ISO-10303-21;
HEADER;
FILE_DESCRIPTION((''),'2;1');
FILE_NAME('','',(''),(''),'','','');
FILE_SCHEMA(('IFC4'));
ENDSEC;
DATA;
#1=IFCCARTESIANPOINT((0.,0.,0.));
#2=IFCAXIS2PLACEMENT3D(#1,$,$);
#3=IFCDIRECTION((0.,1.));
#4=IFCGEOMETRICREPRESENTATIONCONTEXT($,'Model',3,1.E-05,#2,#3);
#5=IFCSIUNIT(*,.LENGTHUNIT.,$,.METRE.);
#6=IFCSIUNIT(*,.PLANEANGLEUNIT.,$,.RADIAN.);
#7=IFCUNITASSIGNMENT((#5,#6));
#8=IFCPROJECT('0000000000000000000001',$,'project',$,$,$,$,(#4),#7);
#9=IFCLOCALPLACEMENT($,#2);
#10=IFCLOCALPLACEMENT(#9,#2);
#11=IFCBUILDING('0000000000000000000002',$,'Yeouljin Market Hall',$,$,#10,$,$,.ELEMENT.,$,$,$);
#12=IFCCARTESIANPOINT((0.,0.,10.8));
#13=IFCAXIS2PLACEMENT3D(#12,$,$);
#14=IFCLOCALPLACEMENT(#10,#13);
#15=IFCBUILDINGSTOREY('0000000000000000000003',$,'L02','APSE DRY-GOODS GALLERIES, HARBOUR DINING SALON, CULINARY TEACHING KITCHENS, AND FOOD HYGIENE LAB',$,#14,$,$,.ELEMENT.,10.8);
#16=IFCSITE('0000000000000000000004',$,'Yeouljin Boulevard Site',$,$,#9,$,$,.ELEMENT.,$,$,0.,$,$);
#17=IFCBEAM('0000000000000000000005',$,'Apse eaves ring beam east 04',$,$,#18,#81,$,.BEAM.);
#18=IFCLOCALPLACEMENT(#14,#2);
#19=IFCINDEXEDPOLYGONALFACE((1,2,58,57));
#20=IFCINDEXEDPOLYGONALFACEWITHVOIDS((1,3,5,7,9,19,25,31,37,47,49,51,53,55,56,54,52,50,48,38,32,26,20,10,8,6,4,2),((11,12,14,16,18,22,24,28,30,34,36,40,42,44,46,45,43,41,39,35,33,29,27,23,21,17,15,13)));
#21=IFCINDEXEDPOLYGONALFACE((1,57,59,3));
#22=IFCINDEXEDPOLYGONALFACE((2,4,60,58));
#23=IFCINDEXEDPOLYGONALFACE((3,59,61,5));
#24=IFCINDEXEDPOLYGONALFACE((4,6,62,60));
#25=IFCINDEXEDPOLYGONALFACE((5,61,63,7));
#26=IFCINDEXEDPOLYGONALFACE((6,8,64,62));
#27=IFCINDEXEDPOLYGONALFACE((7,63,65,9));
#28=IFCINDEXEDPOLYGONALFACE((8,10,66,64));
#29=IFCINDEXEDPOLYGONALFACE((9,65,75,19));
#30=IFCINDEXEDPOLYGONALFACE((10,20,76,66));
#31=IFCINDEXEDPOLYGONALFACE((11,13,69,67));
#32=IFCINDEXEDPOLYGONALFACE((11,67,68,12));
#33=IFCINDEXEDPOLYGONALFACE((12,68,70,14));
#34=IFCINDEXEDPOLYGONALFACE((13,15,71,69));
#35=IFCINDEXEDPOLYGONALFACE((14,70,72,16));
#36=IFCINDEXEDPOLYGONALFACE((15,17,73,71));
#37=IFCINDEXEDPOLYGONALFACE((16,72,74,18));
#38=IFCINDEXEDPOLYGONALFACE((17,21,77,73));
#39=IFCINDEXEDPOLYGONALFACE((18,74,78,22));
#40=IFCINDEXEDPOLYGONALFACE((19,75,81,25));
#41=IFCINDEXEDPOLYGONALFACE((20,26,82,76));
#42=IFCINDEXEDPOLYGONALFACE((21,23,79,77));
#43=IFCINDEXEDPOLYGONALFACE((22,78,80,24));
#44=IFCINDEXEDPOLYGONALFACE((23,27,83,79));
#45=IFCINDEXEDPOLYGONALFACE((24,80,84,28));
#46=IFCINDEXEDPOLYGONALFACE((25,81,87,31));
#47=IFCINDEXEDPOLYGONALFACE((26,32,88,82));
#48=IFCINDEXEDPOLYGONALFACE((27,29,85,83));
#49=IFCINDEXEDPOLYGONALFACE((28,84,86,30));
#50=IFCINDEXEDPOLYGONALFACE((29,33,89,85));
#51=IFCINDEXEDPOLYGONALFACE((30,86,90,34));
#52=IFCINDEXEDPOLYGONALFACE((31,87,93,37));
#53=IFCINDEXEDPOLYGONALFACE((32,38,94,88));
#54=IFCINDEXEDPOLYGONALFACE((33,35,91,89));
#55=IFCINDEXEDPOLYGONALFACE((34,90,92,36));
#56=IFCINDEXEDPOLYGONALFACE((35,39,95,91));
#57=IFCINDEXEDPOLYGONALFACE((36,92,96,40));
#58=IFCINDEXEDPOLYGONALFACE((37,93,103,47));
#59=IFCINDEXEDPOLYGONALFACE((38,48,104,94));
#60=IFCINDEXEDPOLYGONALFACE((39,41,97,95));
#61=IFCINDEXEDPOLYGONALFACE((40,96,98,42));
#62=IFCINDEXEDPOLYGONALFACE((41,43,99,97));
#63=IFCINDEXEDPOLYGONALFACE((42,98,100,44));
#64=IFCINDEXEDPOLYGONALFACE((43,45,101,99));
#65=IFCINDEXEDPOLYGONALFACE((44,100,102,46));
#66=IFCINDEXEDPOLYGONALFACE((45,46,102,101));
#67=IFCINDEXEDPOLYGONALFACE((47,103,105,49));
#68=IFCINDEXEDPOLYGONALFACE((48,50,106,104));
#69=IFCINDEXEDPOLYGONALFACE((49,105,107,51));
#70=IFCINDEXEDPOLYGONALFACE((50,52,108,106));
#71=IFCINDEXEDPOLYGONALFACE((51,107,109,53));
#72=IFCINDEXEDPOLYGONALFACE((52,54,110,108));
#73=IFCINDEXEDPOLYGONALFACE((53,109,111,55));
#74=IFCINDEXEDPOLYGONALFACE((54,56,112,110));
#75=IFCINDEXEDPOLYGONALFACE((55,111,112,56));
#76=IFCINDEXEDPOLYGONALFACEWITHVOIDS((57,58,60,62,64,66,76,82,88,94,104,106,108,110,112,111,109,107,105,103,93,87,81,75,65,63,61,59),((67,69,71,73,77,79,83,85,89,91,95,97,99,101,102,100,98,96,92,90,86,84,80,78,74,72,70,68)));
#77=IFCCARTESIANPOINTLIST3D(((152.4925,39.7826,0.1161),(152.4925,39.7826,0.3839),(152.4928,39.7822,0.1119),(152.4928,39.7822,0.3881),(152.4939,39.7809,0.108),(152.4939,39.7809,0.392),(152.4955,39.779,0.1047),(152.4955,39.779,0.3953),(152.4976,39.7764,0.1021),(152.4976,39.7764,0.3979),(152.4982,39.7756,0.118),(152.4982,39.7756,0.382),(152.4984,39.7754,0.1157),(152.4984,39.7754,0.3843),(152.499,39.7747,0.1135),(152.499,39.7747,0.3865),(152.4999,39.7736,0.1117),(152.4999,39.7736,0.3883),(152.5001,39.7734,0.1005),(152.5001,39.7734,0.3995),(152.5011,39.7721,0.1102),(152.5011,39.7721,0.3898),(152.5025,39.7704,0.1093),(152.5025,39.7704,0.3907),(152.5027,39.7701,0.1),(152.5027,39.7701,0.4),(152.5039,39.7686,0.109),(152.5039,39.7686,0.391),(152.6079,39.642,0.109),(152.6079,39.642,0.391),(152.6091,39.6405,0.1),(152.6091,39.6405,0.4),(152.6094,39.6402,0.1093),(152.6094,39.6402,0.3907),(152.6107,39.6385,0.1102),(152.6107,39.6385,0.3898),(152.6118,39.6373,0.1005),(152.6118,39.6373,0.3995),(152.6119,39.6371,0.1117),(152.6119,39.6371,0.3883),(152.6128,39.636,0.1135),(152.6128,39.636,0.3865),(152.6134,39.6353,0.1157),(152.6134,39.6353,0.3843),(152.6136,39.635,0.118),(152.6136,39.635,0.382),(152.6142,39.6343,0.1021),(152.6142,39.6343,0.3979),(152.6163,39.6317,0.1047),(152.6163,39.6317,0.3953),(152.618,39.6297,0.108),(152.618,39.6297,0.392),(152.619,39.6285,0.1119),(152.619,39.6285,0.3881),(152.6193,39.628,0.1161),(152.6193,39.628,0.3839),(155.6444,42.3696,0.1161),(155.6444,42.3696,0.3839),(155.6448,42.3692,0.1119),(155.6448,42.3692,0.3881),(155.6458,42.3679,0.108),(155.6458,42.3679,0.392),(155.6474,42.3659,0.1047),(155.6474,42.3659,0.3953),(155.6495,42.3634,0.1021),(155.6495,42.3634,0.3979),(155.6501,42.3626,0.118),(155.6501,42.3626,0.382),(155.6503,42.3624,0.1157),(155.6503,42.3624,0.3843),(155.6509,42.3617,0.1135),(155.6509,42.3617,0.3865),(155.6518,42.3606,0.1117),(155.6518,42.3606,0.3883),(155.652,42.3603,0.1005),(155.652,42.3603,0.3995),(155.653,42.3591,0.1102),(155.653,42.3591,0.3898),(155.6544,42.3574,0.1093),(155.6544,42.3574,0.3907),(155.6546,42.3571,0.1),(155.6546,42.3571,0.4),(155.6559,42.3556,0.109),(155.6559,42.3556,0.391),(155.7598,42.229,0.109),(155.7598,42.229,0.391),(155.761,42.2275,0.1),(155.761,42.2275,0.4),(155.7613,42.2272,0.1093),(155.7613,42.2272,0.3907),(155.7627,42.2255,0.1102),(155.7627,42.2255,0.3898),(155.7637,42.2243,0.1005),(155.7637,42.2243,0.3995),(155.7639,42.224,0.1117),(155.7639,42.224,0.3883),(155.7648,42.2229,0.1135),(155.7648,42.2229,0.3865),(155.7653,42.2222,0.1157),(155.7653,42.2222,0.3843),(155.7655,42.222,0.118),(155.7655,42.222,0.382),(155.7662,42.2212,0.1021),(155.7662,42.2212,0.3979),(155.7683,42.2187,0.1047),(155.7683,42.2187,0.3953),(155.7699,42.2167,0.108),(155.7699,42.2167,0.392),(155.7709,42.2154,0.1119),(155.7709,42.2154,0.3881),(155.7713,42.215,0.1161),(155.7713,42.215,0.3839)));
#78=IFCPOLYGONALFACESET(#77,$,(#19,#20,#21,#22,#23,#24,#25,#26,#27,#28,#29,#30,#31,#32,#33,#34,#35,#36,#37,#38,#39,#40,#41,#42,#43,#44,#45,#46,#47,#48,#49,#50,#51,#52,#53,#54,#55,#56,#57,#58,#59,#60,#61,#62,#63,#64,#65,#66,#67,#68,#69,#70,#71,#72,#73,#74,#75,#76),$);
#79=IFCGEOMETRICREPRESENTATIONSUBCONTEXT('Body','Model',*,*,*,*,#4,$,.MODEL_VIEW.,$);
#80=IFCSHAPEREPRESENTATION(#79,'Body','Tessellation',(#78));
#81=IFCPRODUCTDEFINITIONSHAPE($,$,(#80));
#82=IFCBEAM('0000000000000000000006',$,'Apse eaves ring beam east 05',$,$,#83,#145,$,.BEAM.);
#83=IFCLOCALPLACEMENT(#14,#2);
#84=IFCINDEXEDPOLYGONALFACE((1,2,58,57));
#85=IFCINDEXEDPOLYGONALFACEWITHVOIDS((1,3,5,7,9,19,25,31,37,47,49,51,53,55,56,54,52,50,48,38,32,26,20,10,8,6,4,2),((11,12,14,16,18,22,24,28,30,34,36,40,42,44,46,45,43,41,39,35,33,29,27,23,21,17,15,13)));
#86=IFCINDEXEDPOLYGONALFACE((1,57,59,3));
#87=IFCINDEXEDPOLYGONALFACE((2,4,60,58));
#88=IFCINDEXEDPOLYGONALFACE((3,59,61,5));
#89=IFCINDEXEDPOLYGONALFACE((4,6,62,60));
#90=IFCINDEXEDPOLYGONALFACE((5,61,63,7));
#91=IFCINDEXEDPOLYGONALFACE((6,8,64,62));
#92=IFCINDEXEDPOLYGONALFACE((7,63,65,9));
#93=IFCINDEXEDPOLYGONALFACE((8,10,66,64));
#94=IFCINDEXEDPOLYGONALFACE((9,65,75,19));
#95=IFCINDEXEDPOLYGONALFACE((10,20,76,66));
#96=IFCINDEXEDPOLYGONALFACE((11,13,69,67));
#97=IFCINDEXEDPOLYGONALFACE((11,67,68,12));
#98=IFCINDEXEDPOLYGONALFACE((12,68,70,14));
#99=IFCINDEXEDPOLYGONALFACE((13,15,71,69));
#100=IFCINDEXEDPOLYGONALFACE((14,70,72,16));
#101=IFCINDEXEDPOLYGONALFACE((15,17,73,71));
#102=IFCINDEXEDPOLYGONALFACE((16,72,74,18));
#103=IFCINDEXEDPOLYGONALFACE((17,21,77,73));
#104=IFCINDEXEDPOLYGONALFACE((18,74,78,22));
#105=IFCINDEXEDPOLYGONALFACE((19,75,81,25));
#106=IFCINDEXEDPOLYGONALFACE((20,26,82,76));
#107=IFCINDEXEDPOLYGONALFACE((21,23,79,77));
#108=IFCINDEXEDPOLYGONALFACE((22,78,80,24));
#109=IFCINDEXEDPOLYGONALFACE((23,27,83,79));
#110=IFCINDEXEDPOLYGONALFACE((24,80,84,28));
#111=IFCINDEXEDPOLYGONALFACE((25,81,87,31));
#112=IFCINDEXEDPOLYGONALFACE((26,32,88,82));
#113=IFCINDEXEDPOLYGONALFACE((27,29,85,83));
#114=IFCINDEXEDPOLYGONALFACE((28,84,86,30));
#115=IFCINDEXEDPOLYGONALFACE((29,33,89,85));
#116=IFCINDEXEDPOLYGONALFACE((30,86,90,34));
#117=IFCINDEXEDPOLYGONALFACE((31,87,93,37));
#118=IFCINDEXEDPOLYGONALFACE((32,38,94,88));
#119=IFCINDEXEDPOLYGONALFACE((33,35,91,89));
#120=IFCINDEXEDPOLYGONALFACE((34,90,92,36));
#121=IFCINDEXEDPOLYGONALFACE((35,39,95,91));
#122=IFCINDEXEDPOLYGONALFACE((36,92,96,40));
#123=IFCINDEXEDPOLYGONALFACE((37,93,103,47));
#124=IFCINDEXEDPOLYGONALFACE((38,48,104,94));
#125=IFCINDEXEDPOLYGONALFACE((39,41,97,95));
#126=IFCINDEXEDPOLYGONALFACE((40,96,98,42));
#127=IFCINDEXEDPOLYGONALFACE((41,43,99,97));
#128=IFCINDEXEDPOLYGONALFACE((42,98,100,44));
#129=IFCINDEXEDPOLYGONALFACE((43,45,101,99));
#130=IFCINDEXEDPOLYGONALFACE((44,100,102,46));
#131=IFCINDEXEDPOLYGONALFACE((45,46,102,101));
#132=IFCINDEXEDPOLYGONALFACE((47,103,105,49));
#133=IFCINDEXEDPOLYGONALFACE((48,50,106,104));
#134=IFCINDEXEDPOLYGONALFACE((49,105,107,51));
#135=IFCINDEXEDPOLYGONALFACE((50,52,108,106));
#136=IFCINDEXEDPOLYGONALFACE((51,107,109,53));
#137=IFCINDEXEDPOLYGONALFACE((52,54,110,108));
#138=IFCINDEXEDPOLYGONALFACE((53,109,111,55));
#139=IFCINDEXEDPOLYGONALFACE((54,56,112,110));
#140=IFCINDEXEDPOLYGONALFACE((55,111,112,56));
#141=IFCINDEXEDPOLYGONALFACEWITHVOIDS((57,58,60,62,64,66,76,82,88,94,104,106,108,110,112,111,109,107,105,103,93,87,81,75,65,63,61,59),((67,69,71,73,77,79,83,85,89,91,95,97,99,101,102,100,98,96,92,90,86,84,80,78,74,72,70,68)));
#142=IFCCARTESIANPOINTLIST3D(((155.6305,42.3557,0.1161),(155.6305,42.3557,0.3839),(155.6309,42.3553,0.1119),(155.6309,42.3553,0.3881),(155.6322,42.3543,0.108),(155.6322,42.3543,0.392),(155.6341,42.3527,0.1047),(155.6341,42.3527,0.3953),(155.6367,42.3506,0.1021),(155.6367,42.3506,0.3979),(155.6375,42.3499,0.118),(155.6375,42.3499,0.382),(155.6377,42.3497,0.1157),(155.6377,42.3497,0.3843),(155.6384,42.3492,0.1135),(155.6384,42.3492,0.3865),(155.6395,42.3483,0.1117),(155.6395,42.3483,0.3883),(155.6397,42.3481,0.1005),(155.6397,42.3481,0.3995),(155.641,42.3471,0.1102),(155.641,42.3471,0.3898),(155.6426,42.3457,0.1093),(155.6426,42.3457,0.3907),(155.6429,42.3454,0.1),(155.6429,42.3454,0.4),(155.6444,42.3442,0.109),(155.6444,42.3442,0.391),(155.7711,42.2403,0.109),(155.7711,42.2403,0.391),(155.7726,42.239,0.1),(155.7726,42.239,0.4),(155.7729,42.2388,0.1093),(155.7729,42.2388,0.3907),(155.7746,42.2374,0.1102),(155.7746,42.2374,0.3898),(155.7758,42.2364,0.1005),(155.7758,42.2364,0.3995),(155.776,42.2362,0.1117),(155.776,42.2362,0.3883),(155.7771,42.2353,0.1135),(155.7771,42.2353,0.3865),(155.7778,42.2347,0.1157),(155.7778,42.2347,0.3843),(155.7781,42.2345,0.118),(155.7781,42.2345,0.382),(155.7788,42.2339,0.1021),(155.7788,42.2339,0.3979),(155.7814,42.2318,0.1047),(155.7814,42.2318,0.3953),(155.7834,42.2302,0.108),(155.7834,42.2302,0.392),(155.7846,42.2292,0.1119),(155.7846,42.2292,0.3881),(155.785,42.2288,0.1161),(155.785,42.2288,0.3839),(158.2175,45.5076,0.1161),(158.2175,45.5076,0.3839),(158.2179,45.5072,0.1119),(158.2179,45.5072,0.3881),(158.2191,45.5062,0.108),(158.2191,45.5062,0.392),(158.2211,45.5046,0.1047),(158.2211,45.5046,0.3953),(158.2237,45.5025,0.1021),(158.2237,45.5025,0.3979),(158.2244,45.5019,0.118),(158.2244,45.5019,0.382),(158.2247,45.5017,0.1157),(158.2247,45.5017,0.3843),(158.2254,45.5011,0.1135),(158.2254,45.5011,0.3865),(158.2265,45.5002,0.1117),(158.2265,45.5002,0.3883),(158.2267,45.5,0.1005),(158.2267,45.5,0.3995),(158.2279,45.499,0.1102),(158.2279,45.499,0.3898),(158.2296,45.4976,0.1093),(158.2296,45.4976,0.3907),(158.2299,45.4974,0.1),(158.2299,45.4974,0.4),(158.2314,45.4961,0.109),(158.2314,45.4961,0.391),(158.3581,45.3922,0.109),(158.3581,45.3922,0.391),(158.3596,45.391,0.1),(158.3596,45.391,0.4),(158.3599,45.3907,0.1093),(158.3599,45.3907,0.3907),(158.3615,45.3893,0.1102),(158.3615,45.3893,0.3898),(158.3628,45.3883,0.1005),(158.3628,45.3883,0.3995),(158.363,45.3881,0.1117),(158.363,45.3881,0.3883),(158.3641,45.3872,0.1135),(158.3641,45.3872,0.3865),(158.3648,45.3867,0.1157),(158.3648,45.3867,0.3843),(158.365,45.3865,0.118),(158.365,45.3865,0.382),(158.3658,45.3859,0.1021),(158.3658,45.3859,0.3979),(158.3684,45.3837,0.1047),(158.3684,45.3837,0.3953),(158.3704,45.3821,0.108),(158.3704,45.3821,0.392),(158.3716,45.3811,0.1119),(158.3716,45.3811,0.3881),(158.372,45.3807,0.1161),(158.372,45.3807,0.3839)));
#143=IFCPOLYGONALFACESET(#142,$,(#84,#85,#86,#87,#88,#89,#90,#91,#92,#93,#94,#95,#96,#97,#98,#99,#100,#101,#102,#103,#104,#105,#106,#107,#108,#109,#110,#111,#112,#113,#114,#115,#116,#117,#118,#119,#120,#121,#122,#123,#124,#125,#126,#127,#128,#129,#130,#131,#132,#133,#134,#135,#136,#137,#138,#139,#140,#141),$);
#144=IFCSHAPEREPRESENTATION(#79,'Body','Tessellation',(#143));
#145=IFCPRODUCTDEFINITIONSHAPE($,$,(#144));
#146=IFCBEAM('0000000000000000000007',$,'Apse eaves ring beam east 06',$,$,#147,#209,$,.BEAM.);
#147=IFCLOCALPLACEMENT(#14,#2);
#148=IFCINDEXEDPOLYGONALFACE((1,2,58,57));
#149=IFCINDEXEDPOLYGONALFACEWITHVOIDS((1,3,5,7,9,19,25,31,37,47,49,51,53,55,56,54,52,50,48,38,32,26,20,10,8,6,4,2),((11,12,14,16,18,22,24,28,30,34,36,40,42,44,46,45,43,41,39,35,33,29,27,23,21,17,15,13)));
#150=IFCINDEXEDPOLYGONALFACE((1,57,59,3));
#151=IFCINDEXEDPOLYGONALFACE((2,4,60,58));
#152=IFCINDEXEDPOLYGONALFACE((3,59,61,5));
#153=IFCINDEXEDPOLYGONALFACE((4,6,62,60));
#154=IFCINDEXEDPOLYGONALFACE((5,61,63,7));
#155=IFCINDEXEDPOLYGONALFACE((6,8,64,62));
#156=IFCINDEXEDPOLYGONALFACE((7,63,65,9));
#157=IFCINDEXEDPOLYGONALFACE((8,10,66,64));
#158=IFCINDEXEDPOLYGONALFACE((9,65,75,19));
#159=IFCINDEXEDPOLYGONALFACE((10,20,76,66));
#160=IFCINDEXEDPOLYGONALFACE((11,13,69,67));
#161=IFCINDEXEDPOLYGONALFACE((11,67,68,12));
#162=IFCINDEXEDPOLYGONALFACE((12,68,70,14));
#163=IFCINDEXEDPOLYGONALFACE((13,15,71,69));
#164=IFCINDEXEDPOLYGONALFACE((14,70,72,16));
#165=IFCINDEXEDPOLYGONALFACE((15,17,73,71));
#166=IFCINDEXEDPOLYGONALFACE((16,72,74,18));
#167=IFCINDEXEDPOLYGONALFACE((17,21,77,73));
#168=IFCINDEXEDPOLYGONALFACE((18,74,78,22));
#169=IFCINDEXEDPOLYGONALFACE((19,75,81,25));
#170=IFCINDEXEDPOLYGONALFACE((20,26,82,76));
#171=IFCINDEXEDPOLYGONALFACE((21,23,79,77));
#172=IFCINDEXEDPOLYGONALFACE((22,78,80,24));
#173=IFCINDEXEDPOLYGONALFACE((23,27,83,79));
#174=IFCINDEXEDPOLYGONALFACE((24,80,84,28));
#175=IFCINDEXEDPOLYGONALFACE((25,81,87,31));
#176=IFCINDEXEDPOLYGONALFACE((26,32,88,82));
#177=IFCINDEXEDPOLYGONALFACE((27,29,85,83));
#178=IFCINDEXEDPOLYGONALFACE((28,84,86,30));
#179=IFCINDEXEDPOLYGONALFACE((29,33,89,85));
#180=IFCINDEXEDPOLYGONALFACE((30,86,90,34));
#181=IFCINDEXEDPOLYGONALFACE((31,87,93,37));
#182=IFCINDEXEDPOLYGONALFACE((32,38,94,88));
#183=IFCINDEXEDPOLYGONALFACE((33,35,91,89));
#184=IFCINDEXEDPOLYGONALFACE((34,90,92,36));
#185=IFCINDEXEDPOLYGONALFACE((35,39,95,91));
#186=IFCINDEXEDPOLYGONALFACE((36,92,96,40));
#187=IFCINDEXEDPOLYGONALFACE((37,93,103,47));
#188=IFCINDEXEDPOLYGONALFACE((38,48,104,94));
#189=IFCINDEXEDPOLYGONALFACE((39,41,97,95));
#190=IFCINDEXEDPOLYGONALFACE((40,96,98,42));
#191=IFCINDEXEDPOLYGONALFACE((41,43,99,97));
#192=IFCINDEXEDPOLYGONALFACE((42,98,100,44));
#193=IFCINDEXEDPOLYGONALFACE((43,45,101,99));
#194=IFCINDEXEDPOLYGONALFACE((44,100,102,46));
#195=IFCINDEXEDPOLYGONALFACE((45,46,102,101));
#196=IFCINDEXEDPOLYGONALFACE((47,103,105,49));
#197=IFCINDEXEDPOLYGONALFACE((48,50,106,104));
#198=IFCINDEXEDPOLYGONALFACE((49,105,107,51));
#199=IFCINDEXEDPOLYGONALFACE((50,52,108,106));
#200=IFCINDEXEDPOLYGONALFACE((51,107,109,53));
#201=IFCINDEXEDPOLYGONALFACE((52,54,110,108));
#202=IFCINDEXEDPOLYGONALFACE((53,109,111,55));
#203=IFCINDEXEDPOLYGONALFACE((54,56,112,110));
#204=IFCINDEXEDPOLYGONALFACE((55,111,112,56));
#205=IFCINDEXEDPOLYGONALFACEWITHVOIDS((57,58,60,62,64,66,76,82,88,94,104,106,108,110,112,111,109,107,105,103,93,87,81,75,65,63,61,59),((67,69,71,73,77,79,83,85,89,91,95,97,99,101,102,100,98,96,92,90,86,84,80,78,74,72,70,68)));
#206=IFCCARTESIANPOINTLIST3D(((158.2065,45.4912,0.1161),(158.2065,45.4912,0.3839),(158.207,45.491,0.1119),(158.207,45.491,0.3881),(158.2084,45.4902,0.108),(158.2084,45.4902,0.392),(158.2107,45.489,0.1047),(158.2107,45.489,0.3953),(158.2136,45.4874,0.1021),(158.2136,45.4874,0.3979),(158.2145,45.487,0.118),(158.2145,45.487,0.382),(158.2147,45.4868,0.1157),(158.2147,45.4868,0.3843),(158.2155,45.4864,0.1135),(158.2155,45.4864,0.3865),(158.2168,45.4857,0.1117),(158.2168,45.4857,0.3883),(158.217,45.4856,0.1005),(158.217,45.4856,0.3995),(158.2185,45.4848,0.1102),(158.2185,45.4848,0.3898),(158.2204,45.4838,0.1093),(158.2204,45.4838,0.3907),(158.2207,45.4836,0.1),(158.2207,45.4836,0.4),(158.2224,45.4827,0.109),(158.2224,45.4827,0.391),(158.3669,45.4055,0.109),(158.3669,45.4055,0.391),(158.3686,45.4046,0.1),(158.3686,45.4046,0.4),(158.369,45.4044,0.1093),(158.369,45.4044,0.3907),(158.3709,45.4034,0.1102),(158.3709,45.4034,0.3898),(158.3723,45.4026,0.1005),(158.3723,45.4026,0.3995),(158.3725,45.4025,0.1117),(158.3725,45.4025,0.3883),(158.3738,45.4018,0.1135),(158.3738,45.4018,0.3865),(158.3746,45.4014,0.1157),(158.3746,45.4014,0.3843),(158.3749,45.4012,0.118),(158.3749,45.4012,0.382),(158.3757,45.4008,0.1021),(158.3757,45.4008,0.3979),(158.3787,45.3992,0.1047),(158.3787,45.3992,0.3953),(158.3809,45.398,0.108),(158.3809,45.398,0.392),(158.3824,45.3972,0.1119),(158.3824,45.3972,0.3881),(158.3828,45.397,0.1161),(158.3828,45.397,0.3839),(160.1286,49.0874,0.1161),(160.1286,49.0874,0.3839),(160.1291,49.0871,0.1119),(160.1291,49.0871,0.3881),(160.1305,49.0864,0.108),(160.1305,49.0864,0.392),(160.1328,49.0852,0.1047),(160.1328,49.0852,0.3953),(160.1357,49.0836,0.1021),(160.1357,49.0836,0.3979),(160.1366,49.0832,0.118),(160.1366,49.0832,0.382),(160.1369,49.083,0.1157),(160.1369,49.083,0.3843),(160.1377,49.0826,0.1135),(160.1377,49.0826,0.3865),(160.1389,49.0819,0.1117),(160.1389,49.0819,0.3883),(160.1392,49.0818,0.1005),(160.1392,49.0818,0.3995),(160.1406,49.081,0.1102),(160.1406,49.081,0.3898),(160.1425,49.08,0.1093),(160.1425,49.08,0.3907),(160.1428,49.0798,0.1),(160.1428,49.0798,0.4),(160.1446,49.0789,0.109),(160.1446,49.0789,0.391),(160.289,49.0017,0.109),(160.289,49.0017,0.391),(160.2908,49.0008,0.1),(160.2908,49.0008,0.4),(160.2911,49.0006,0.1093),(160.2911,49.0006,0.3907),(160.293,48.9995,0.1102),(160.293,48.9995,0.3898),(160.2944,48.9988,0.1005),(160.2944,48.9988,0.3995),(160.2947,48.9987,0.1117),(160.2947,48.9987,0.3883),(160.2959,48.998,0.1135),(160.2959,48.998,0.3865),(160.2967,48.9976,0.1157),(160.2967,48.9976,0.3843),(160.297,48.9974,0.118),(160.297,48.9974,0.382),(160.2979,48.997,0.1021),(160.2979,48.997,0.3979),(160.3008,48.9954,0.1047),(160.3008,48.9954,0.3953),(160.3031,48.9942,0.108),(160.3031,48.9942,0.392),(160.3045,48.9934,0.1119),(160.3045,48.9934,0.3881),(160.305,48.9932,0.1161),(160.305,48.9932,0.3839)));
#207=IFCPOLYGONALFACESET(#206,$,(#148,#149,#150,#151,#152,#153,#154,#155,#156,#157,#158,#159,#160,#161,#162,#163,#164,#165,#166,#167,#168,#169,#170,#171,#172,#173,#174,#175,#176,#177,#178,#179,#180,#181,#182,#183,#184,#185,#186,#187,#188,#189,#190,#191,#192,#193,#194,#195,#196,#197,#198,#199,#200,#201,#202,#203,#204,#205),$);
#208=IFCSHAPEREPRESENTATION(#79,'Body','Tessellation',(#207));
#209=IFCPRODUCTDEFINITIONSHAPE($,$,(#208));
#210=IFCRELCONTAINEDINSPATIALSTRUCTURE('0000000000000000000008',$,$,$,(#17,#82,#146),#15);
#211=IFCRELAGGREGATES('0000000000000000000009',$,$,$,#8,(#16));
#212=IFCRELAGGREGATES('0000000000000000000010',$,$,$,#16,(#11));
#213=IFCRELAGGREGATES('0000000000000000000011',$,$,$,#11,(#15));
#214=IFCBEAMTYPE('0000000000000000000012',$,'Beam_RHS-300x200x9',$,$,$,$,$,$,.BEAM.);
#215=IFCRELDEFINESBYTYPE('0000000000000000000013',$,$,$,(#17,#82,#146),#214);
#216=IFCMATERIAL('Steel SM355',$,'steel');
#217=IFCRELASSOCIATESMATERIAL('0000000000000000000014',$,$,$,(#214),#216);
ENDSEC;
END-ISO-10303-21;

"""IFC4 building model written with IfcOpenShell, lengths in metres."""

from ifc_helpers import new_model, si_unit, direction, frame, origin, origin_2d, place, context, subcontext, project, spatial, hollow_rectangle, extrude, material, material_profile, profile_set, type_object, element, save


model = new_model("IFC4")

# Units and contexts
model_context = context("Model", 3, precision=1e-05, world=origin(), true_north=direction((0.0, 1.0)))
body_context = subcontext(model_context, "Body", "Model", "MODEL_VIEW")
ifc_project = project(units=[si_unit("LENGTHUNIT", "METRE"), si_unit("PLANEANGLEUNIT", "RADIAN")], contexts=[model_context])

# Site, building, storey
site_placement = place(None, origin())
site = spatial("IfcSite", under=ifc_project, at=site_placement, Name="Yeouljin Boulevard Site", CompositionType="ELEMENT", RefElevation=0.0)
building_placement = place(site_placement, origin())
building = spatial("IfcBuilding", under=site, at=building_placement, Name="Yeouljin Market Hall", CompositionType="ELEMENT")
storey_placement = place(building_placement, frame((0.0, 0.0, 10.8)))
storey = spatial("IfcBuildingStorey", under=building, at=storey_placement, Name="L02", Description="APSE DRY-GOODS GALLERIES, HARBOUR DINING SALON, CULINARY TEACHING KITCHENS, AND FOOD HYGIENE LAB", CompositionType="ELEMENT", Elevation=10.8)

# Beams
ifc_material_1 = material(Name="Steel SM355", Category="steel")
ifc_material_profile_1 = material_profile(ifc_material_1, hollow_rectangle(XDim=0.2, YDim=0.3, WallThickness=0.009, InnerFilletRadius=0.009, OuterFilletRadius=0.0161, at=origin_2d()), Name="RHS-300x200x9")
ifc_profile_set_1 = profile_set([ifc_material_profile_1], Name="Steel SM355")
beam_type_1 = type_object("IfcBeamType", Name="Beam_RHS-300x200x9", PredefinedType="BEAM", material=ifc_profile_set_1)
for number, where, z_axis, x_axis, name in (
    (1, (152.5559, 39.7053, 0.25), (0.77298, 0.63443, 0.0), (-0.63443, 0.77298, 0.0), "Apse eaves ring beam east 04"),
    (2, (155.7078, 42.2922, 0.25), (0.63443, 0.77298, 0.0), (-0.77298, 0.63443, 0.0), "Apse eaves ring beam east 05"),
    (3, (158.2947, 45.4441, 0.25), (0.47138, 0.88193, 0.0), (-0.88193, 0.47138, 0.0), "Apse eaves ring beam east 06"),
):
    element("IfcBeam", number, at=place(storey_placement, frame(where, z_axis=z_axis, x_axis=x_axis)), inside=storey, type_object=beam_type_1, Name=name, PredefinedType="BEAM", context=body_context, shape_type="SweptSolid", body=[
        extrude(hollow_rectangle(XDim=0.2, YDim=0.3, WallThickness=0.009, InnerFilletRadius=0.009, OuterFilletRadius=0.0161, at=origin_2d()), origin(), (0.0, 0.0, 1.0), 4.0776),
    ])

save(model, "model.ifc")
